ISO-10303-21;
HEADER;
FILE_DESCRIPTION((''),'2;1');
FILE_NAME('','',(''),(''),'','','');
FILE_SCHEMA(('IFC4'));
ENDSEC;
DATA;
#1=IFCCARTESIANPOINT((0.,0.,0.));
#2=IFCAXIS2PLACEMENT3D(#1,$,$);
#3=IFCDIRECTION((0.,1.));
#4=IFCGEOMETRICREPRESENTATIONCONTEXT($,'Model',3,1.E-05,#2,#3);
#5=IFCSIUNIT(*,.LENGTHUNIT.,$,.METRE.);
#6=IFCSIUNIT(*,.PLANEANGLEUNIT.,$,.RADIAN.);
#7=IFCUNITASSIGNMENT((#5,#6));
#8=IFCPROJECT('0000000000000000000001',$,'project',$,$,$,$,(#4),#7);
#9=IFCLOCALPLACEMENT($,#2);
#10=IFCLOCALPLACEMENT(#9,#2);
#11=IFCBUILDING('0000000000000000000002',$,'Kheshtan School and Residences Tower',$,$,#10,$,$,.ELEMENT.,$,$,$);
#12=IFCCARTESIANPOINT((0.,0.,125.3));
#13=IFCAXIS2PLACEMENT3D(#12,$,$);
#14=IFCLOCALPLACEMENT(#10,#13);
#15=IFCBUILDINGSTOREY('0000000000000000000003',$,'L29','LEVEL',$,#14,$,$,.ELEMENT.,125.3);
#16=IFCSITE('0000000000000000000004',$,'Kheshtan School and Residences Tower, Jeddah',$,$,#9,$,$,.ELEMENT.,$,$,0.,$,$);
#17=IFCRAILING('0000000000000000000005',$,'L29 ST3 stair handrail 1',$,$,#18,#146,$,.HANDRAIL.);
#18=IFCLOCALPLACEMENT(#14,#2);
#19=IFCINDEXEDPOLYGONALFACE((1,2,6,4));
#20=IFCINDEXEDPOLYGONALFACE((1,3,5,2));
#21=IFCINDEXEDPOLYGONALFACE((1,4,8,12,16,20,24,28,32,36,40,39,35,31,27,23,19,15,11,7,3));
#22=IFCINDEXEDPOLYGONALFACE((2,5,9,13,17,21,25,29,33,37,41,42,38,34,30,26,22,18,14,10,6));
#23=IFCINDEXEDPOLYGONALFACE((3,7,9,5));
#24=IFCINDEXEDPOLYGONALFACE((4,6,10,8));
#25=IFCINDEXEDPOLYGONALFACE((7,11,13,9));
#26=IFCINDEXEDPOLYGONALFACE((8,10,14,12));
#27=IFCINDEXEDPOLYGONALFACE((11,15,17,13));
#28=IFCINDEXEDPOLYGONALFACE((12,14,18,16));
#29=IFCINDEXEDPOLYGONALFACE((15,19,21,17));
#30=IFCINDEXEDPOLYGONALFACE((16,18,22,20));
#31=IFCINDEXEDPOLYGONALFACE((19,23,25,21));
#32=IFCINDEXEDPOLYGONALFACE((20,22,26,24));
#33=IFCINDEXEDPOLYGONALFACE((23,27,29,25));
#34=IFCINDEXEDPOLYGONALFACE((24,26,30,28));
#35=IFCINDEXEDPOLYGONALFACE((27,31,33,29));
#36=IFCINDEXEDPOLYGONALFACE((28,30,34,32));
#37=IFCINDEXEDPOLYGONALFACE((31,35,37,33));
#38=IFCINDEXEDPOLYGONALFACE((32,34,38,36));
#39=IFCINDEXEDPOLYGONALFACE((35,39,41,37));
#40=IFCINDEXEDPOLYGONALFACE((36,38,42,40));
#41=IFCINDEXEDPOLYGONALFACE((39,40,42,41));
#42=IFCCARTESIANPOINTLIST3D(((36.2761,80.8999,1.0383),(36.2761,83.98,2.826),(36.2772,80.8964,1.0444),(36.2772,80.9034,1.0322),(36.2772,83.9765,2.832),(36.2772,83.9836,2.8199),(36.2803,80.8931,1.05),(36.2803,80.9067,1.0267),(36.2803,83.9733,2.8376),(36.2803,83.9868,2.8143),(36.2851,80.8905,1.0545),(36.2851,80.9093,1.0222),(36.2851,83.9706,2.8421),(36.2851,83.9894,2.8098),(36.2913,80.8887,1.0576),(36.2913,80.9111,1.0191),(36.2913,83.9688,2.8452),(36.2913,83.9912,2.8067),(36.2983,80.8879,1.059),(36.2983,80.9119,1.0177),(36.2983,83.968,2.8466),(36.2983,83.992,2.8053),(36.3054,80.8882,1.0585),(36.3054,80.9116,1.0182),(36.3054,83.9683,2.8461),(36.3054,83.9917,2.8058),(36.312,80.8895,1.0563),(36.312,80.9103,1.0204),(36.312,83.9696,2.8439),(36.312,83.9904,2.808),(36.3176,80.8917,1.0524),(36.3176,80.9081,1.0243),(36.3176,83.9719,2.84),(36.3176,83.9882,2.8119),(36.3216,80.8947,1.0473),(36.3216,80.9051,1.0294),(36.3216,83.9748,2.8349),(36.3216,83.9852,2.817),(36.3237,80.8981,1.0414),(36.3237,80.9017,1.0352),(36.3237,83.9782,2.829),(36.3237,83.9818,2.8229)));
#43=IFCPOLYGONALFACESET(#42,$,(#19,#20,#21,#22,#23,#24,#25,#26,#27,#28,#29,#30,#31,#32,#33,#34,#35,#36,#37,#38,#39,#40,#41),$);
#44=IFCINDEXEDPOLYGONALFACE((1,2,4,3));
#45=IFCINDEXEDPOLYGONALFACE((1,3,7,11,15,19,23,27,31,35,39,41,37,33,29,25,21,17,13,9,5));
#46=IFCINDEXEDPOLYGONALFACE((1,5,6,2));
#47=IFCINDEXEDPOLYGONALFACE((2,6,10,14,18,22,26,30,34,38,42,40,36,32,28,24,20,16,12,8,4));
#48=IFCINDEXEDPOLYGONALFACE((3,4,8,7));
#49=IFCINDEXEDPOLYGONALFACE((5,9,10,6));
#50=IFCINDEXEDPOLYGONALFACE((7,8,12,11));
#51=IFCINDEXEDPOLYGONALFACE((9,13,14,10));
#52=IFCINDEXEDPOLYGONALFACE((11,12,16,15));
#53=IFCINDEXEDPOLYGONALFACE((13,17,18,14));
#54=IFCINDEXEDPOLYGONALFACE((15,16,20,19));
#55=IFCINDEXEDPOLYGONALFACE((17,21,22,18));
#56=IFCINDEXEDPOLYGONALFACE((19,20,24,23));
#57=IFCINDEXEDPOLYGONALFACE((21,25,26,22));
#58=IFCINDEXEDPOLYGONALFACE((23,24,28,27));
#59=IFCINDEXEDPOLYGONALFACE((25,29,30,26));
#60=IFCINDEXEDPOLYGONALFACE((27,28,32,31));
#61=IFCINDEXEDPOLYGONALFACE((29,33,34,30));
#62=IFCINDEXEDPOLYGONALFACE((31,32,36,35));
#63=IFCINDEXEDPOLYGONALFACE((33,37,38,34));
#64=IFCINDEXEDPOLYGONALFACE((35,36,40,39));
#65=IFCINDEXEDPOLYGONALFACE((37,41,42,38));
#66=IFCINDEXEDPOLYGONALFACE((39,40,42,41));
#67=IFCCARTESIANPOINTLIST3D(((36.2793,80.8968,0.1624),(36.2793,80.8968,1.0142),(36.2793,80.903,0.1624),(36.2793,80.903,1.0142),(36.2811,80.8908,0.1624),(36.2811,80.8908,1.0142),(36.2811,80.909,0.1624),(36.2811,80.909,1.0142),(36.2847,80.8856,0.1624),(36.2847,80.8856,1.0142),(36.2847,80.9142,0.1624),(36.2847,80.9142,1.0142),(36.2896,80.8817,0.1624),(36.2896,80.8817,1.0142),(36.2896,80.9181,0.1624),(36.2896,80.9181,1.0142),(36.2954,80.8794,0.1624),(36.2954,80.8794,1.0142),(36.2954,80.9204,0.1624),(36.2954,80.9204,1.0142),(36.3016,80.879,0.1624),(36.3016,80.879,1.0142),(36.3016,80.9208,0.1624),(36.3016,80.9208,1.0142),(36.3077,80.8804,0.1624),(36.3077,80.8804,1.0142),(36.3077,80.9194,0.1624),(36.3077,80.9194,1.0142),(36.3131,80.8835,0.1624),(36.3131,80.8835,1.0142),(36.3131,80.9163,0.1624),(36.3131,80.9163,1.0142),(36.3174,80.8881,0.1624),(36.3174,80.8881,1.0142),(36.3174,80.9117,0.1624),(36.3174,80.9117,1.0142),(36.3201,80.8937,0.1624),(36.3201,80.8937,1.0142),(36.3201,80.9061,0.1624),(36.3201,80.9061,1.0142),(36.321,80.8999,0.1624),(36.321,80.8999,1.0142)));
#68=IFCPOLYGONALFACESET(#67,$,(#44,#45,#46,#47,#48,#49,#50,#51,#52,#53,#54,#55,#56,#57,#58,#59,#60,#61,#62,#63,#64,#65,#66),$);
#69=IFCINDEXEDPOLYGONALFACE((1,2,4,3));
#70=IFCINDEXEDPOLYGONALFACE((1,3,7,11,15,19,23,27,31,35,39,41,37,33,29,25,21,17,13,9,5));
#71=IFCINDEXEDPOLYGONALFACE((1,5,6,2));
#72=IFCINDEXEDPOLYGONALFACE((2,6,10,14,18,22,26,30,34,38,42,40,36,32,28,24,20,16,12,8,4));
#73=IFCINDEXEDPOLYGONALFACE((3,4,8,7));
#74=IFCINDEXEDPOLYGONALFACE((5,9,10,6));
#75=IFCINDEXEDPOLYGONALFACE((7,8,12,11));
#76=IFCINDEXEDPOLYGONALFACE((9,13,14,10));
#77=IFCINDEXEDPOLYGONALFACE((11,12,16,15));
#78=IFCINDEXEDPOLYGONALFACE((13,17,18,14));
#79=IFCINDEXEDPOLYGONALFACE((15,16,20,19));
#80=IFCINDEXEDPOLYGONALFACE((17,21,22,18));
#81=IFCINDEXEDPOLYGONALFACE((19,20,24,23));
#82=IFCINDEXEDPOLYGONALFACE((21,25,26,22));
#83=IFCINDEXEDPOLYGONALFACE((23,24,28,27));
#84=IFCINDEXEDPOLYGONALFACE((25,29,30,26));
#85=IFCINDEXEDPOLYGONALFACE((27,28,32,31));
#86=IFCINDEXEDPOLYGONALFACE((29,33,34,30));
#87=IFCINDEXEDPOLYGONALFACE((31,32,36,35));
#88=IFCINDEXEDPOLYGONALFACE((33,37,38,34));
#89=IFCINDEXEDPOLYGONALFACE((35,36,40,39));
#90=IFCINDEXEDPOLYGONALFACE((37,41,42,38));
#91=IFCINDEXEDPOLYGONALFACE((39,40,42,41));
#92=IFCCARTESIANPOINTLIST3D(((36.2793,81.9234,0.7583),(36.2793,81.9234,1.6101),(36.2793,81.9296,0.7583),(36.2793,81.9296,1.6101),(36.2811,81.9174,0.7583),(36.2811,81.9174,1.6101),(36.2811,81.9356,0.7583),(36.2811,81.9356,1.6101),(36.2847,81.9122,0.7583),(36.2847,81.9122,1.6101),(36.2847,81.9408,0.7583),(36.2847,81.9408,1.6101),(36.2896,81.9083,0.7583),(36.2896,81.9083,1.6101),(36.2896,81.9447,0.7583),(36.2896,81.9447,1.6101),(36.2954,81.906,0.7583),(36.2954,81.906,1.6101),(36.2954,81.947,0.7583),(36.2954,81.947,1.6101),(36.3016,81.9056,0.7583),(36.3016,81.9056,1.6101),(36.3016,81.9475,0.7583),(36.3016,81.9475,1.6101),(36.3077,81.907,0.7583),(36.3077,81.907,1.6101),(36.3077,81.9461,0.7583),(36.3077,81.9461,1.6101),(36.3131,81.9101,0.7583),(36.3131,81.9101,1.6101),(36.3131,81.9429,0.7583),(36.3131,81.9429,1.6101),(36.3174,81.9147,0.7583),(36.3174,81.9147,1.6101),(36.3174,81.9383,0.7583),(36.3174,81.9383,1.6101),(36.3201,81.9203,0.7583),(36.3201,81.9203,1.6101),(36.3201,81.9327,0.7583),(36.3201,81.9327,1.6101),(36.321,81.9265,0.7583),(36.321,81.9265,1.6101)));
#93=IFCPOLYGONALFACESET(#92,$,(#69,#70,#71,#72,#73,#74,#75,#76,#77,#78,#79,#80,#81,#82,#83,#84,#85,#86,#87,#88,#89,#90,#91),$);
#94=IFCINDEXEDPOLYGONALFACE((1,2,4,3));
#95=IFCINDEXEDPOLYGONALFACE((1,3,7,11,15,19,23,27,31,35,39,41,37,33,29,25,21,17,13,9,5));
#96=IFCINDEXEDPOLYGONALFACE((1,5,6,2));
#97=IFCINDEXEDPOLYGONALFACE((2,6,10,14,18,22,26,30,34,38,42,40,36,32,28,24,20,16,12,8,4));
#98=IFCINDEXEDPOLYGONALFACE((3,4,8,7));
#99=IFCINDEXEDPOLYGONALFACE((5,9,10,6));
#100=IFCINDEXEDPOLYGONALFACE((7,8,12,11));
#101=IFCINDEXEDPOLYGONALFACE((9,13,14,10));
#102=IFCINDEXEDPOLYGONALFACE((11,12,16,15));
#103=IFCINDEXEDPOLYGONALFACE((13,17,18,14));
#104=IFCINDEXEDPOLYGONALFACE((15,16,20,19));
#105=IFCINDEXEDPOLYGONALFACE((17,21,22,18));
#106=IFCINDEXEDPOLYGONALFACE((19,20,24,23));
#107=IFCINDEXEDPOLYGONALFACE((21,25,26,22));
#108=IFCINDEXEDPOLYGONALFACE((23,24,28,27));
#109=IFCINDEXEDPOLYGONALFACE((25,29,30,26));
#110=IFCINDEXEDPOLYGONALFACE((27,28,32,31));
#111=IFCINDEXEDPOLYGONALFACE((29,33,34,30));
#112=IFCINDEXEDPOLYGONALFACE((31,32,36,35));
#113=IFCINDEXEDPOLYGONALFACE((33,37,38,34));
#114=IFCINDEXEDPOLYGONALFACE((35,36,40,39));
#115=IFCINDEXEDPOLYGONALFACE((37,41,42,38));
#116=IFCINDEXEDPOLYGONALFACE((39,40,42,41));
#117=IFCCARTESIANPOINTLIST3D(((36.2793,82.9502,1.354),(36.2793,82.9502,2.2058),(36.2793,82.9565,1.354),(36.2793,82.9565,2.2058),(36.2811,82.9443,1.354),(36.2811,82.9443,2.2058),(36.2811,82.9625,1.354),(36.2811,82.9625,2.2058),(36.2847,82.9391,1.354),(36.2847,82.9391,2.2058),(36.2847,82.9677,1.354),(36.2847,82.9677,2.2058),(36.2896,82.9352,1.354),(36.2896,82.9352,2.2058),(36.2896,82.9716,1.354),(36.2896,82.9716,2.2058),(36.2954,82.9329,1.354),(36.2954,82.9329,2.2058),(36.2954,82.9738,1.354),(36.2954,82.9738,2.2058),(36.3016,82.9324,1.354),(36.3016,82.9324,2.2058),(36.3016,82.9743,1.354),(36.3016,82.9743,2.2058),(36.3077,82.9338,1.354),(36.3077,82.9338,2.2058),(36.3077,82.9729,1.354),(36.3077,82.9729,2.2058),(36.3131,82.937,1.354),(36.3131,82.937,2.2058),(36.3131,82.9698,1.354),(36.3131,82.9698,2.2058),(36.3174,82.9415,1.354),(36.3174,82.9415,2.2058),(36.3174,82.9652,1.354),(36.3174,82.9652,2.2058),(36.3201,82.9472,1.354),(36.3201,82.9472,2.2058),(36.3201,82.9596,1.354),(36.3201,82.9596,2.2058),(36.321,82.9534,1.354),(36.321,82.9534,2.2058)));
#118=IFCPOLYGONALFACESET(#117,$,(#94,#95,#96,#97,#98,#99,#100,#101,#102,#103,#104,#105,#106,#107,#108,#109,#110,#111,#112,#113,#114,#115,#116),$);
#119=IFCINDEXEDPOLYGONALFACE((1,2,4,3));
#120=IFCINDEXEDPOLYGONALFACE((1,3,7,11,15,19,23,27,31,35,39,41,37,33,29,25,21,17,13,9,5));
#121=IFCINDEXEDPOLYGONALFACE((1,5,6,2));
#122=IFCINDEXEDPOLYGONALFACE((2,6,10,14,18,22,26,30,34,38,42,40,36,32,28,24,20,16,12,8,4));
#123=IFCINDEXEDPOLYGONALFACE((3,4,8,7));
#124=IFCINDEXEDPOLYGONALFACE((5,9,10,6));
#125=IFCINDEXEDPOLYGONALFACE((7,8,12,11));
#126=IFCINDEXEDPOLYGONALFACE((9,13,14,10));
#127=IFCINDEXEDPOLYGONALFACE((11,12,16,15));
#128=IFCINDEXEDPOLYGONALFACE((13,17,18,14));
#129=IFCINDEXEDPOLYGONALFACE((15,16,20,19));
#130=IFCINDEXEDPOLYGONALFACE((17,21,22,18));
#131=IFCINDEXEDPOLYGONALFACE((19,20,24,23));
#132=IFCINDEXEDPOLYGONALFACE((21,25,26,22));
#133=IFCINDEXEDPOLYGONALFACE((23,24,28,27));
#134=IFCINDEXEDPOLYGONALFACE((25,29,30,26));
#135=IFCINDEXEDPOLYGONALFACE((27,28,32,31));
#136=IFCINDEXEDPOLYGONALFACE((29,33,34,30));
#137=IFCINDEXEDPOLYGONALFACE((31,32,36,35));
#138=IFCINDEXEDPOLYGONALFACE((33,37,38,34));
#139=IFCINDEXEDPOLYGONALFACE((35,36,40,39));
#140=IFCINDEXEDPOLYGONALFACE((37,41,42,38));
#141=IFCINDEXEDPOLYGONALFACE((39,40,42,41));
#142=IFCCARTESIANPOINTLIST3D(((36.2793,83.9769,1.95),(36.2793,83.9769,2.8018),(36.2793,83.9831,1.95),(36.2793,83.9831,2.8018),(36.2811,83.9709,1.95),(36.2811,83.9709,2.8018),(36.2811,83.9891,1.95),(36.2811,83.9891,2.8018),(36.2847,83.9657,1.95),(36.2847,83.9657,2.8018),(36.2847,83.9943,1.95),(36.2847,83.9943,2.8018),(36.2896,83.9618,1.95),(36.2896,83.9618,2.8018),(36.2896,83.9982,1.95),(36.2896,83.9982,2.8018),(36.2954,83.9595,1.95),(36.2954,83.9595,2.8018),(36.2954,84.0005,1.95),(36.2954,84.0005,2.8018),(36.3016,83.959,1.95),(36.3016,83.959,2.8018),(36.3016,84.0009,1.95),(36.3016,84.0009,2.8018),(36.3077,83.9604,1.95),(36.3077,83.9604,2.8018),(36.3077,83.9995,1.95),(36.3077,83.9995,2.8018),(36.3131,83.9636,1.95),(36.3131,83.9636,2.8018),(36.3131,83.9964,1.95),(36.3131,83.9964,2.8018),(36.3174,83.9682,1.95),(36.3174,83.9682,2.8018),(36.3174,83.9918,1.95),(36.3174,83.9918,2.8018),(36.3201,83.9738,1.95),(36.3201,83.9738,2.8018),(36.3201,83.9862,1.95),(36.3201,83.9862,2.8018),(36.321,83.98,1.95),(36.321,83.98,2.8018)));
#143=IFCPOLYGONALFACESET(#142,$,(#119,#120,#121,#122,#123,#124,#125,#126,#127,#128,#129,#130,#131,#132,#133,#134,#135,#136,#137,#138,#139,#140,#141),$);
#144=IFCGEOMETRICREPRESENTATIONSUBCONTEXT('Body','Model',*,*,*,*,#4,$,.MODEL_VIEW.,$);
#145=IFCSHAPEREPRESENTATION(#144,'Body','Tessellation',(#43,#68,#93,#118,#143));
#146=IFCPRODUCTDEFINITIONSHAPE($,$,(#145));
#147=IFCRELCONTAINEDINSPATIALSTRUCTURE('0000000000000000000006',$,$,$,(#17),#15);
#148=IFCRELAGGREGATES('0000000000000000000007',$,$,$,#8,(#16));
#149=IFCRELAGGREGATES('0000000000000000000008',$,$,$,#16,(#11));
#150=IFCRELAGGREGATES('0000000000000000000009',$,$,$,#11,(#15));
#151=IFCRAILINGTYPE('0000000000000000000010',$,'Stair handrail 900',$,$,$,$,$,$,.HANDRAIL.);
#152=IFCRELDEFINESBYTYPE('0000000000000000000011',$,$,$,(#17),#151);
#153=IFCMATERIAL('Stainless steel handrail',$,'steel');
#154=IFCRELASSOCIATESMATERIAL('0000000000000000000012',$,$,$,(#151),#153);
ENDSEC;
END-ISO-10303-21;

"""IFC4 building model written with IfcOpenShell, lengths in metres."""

from ifc_helpers import new_model, si_unit, direction, frame, origin, origin_2d, place, context, subcontext, project, spatial, circle, extrude, material, type_object, element, save


model = new_model("IFC4")

# Units and contexts
model_context = context("Model", 3, precision=1e-05, world=origin(), true_north=direction((0.0, 1.0)))
body_context = subcontext(model_context, "Body", "Model", "MODEL_VIEW")
ifc_project = project(units=[si_unit("LENGTHUNIT", "METRE"), si_unit("PLANEANGLEUNIT", "RADIAN")], contexts=[model_context])

# Site, building, storey
site_placement = place(None, origin())
site = spatial("IfcSite", under=ifc_project, at=site_placement, Name="Kheshtan School and Residences Tower, Jeddah", CompositionType="ELEMENT", RefElevation=0.0)
building_placement = place(site_placement, origin())
building = spatial("IfcBuilding", under=site, at=building_placement, Name="Kheshtan School and Residences Tower", CompositionType="ELEMENT")
storey_placement = place(building_placement, frame((0.0, 0.0, 125.3)))
storey = spatial("IfcBuildingStorey", under=building, at=storey_placement, Name="L29", Description="LEVEL", CompositionType="ELEMENT", Elevation=125.3)

# Railing
ifc_material_1 = material(Name="Stainless steel handrail", Category="steel")
railing_type_1 = type_object("IfcRailingType", Name="Stair handrail 900", PredefinedType="HANDRAIL", material=ifc_material_1)
railing_1_placement = place(storey_placement, frame((36.3, 80.8999, 0.1624)))
element("IfcRailing", 1, at=railing_1_placement, inside=storey, type_object=railing_type_1, Name="L29 ST3 stair handrail 1", PredefinedType="HANDRAIL", context=body_context, shape_type="SweptSolid", body=[
    extrude(circle(Radius=0.0239, at=origin_2d()), frame((0.0, 0.0, 0.876), z_axis=(0.0, 0.864891, 0.50196), x_axis=(-1.0, 0.0, 0.0)), (0.0, 0.0, 1.0), 3.5613),
    extrude(circle(Radius=0.021, at=origin_2d()), origin(), (0.0, 0.0, 1.0), 0.8518),
    extrude(circle(Radius=0.021, at=origin_2d()), frame((0.0, 1.0266, 0.5959)), (0.0, 0.0, 1.0), 0.8518),
    extrude(circle(Radius=0.021, at=origin_2d()), frame((0.0, 2.0535, 1.1917)), (0.0, 0.0, 1.0), 0.8518),
    extrude(circle(Radius=0.021, at=origin_2d()), frame((0.0, 3.0801, 1.7876)), (0.0, 0.0, 1.0), 0.8518),
])

save(model, "model.ifc")
